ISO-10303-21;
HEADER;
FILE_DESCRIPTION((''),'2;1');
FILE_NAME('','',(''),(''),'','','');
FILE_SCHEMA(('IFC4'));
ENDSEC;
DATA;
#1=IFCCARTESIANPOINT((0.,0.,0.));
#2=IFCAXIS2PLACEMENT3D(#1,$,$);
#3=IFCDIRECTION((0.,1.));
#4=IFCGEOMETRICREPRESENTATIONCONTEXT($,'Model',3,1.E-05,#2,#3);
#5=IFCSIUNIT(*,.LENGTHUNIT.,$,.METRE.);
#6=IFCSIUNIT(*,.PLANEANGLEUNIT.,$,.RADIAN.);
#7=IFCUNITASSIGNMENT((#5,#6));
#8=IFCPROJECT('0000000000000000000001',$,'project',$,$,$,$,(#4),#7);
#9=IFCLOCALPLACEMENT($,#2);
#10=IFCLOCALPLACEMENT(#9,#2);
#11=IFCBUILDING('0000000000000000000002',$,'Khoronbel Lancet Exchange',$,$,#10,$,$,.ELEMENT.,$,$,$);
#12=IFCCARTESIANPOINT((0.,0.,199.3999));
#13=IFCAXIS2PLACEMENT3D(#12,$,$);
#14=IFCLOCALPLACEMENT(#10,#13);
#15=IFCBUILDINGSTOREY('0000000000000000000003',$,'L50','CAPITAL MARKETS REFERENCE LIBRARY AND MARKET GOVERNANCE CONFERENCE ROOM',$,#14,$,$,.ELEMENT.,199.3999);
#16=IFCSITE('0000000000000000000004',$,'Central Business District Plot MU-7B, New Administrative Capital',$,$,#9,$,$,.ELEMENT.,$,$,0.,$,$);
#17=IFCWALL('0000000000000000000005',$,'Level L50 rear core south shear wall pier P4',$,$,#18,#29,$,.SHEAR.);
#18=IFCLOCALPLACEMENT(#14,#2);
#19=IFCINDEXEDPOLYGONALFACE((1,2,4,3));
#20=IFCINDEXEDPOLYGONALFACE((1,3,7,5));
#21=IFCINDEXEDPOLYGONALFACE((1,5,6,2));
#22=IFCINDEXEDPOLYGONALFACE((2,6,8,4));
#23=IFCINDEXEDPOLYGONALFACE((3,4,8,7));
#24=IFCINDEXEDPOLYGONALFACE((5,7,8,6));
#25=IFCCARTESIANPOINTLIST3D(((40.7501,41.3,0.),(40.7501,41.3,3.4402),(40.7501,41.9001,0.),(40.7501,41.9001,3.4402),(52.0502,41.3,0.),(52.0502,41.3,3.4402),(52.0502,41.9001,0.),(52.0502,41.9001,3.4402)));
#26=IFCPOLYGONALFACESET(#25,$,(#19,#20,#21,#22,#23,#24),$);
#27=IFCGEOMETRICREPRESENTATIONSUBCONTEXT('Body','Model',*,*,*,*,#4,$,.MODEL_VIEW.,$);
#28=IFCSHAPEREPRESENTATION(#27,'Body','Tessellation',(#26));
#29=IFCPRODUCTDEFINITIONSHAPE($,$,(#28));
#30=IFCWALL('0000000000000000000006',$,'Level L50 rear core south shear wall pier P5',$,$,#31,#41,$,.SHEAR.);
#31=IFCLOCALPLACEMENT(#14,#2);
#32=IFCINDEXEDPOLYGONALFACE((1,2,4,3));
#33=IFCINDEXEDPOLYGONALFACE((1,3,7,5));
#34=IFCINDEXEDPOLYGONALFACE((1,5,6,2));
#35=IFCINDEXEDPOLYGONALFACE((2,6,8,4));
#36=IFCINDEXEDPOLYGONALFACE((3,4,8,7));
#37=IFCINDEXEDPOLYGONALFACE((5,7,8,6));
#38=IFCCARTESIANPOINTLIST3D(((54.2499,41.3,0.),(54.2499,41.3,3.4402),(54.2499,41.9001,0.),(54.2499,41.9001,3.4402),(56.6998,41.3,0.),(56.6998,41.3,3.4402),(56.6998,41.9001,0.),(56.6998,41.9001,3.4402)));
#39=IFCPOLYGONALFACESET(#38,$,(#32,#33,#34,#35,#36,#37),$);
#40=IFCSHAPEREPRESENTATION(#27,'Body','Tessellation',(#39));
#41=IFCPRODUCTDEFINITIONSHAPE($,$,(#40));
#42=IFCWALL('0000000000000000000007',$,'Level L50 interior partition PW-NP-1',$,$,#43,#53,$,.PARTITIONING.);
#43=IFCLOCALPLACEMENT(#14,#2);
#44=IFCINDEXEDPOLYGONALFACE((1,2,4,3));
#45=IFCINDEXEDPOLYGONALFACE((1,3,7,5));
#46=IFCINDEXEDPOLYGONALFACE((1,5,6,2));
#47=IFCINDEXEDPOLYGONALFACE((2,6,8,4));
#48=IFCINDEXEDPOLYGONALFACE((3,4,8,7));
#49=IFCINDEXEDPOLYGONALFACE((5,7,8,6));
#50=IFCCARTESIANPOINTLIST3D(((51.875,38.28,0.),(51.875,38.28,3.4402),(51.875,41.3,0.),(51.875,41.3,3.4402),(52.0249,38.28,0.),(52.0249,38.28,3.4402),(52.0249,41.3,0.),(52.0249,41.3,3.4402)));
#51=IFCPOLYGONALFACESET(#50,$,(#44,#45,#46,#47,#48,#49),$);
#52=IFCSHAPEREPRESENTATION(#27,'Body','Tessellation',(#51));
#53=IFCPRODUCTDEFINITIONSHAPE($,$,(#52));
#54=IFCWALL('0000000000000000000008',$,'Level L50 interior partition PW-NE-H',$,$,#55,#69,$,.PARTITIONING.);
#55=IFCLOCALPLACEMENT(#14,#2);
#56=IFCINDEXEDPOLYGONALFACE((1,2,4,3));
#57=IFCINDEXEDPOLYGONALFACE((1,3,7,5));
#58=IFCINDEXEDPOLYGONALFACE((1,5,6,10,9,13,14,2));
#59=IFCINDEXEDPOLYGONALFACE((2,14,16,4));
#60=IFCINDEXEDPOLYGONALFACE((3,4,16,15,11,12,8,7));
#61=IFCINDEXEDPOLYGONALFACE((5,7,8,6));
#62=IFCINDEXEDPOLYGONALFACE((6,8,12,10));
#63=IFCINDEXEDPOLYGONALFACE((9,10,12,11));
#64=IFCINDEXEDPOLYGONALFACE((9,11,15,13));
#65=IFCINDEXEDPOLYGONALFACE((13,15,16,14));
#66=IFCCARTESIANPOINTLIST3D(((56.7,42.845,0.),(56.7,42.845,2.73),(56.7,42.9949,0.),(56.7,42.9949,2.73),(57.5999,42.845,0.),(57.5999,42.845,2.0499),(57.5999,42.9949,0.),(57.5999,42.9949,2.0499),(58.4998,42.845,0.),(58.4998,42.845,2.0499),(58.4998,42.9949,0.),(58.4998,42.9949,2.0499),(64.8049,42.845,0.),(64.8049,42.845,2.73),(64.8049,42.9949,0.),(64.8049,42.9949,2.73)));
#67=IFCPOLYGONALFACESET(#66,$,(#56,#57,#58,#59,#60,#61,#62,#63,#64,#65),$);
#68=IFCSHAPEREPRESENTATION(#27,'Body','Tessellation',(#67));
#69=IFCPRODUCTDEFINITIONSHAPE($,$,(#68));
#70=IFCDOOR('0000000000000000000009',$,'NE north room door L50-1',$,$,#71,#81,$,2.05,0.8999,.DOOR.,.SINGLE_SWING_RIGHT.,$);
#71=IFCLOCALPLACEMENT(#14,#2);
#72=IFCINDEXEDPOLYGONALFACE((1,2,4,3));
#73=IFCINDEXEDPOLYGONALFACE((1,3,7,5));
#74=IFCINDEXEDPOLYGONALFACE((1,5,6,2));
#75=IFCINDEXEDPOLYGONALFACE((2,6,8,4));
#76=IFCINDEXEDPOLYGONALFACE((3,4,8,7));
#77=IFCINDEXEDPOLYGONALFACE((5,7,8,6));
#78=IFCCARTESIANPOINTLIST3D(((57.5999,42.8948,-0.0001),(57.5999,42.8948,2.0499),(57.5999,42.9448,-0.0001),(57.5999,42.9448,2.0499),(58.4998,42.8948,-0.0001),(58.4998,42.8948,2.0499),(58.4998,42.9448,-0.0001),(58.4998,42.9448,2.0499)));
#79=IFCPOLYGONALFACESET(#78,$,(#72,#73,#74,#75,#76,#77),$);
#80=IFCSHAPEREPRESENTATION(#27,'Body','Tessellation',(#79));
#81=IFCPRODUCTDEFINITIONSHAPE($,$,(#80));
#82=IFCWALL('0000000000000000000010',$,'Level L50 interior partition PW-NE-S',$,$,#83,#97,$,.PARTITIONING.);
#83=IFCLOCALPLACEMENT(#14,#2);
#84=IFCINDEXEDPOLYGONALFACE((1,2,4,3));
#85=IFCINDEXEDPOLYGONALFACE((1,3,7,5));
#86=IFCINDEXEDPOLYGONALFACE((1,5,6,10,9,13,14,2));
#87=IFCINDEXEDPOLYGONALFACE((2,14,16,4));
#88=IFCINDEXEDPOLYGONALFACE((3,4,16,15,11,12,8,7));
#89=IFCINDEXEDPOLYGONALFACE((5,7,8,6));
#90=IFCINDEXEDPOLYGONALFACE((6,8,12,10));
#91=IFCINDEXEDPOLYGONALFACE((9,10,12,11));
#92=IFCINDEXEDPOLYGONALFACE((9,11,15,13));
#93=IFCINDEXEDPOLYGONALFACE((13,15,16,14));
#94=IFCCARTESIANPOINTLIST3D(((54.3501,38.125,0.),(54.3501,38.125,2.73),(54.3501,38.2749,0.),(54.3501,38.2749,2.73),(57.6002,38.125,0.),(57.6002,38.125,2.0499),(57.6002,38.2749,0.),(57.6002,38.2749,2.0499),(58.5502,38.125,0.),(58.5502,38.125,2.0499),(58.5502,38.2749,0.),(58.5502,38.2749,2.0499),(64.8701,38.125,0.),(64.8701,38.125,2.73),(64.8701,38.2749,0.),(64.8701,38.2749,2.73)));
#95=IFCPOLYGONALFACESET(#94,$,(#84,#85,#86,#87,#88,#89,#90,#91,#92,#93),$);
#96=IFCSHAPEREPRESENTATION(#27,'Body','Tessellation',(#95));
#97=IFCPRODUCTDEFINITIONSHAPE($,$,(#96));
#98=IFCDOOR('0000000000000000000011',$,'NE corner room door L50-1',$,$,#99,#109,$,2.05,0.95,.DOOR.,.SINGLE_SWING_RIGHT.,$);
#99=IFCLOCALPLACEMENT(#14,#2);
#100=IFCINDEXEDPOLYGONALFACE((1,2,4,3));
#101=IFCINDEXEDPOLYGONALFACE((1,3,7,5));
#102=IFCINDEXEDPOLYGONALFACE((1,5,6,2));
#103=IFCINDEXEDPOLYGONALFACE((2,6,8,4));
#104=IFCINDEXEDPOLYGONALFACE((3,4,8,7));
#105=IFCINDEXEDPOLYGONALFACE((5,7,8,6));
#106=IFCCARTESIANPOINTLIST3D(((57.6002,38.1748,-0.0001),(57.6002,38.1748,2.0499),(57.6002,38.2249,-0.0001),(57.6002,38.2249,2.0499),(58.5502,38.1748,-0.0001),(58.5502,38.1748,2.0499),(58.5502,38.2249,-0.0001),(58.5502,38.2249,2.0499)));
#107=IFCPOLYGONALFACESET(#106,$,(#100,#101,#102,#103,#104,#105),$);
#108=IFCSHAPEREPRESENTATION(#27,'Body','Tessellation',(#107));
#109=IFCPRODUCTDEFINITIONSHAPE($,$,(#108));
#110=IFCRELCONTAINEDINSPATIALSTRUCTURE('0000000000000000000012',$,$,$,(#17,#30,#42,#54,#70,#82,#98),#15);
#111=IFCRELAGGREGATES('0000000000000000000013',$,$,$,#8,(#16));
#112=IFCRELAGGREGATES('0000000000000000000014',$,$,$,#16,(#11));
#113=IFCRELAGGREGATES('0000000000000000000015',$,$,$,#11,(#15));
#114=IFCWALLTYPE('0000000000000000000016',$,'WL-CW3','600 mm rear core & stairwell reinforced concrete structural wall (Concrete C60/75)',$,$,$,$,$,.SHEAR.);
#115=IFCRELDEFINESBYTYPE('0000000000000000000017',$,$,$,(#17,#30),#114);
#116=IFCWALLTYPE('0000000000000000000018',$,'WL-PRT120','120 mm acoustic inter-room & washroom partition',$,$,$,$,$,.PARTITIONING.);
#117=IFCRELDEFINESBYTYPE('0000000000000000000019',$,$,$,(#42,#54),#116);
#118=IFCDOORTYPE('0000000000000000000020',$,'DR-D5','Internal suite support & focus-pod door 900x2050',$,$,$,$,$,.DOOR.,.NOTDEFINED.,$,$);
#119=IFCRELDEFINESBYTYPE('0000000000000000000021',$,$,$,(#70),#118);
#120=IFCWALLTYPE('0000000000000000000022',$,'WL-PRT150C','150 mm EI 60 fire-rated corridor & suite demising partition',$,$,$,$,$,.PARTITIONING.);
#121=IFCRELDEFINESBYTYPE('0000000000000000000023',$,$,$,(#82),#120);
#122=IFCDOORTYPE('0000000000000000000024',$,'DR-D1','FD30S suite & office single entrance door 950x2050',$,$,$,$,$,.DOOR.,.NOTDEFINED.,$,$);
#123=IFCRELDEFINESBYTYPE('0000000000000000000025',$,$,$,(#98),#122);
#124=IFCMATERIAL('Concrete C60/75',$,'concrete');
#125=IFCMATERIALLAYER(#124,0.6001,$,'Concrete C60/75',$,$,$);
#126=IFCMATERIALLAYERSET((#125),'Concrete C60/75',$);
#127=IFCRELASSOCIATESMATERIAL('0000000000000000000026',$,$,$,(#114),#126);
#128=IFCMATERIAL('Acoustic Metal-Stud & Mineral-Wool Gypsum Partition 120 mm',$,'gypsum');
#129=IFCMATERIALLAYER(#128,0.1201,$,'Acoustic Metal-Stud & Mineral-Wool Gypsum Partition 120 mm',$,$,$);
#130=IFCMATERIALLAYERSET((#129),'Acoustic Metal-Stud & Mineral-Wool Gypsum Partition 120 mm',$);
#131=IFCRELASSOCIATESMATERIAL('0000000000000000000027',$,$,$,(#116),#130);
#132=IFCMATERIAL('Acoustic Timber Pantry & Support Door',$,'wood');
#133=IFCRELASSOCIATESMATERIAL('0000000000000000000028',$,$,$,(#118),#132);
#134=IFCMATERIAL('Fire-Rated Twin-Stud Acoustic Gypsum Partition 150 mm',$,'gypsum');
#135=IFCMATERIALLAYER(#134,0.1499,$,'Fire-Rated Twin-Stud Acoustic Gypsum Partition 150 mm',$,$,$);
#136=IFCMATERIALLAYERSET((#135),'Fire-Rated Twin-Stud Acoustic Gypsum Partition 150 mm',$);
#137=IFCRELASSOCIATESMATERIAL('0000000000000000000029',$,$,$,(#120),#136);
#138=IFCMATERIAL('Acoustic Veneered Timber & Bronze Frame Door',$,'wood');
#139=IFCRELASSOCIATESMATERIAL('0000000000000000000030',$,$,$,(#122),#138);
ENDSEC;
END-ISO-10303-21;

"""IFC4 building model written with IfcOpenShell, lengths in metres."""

from ifc_helpers import new_model, si_unit, direction, frame, frame_2d, origin, place, context, subcontext, project, spatial, rectangle, extrude, material, layer, layer_set, type_object, element, fill, save


model = new_model("IFC4")

# Units and contexts
model_context = context("Model", 3, precision=1e-05, world=origin(), true_north=direction((0.0, 1.0)))
body_context = subcontext(model_context, "Body", "Model", "MODEL_VIEW")
ifc_project = project(units=[si_unit("LENGTHUNIT", "METRE"), si_unit("PLANEANGLEUNIT", "RADIAN")], contexts=[model_context])

# Site, building, storey
site_placement = place(None, origin())
site = spatial("IfcSite", under=ifc_project, at=site_placement, Name="Central Business District Plot MU-7B, New Administrative Capital", CompositionType="ELEMENT", RefElevation=0.0)
building_placement = place(site_placement, origin())
building = spatial("IfcBuilding", under=site, at=building_placement, Name="Khoronbel Lancet Exchange", CompositionType="ELEMENT")
storey_placement = place(building_placement, frame((0.0, 0.0, 199.3999)))
storey = spatial("IfcBuildingStorey", under=building, at=storey_placement, Name="L50", Description="CAPITAL MARKETS REFERENCE LIBRARY AND MARKET GOVERNANCE CONFERENCE ROOM", CompositionType="ELEMENT", Elevation=199.3999)

# Shared definitions
ifc_material_1 = material(Name="Concrete C60/75", Category="concrete")

# Walls
ifc_layer_1 = layer(ifc_material_1, 0.6001, Name="Concrete C60/75")
ifc_layer_set_1 = layer_set([ifc_layer_1], Name="Concrete C60/75")
wall_type_1 = type_object("IfcWallType", Name="WL-CW3", Description="600 mm rear core & stairwell reinforced concrete structural wall (Concrete C60/75)", PredefinedType="SHEAR", material=ifc_layer_set_1)
wall_1_placement = place(storey_placement, frame((52.05, 41.6001, 0.0), z_axis=(0.0, 0.0, 1.0), x_axis=(-1.0, 0.0, 0.0)))
element("IfcWall", 1, at=wall_1_placement, inside=storey, type_object=wall_type_1, Name="Level L50 rear core south shear wall pier P4", PredefinedType="SHEAR", context=body_context, shape_type="SweptSolid", body=[
    extrude(rectangle(XDim=11.3, YDim=0.6001, at=frame_2d((5.6499, 0.0))), origin(), (0.0, 0.0, 1.0), 3.4402),
])
wall_2_placement = place(storey_placement, frame((56.7, 41.6001, 0.0), z_axis=(0.0, 0.0, 1.0), x_axis=(-1.0, 0.0, 0.0)))
element("IfcWall", 2, at=wall_2_placement, inside=storey, type_object=wall_type_1, Name="Level L50 rear core south shear wall pier P5", PredefinedType="SHEAR", context=body_context, shape_type="SweptSolid", body=[
    extrude(rectangle(XDim=2.45, YDim=0.6001, at=frame_2d((1.2251, 0.0))), origin(), (0.0, 0.0, 1.0), 3.4402),
])
ifc_material_2 = material(Name="Acoustic Metal-Stud & Mineral-Wool Gypsum Partition 120 mm", Category="gypsum")
ifc_layer_2 = layer(ifc_material_2, 0.1201, Name="Acoustic Metal-Stud & Mineral-Wool Gypsum Partition 120 mm")
ifc_layer_set_2 = layer_set([ifc_layer_2], Name="Acoustic Metal-Stud & Mineral-Wool Gypsum Partition 120 mm")
wall_type_2 = type_object("IfcWallType", Name="WL-PRT120", Description="120 mm acoustic inter-room & washroom partition", PredefinedType="PARTITIONING", material=ifc_layer_set_2)
wall_3_placement = place(storey_placement, frame((51.95, 38.28, 0.0), z_axis=(0.0, 0.0, 1.0), x_axis=(0.0, 1.0, 0.0)))
element("IfcWall", 3, at=wall_3_placement, inside=storey, type_object=wall_type_2, Name="Level L50 interior partition PW-NP-1", PredefinedType="PARTITIONING", context=body_context, shape_type="SweptSolid", body=[
    extrude(rectangle(XDim=3.02, YDim=0.1499, at=frame_2d((1.51, 0.0))), origin(), (0.0, 0.0, 1.0), 3.4402),
])

# Walls, openings, doors
wall_4_placement = place(storey_placement, frame((56.7, 42.9199, 0.0), z_axis=(0.0, 0.0, 1.0), x_axis=(1.0, 0.0, 0.0)))
wall_4 = element("IfcWall", 4, at=wall_4_placement, inside=storey, type_object=wall_type_2, Name="Level L50 interior partition PW-NE-H", PredefinedType="PARTITIONING", context=body_context, shape_type="SweptSolid", body=[
    extrude(rectangle(XDim=8.105, YDim=0.1499, at=frame_2d((4.0525, 0.0))), origin(), (0.0, 0.0, 1.0), 2.73),
])
opening_1_placement = place(wall_4_placement, frame((0.8999, 0.0, 0.0)))
opening_1 = element("IfcOpeningElement", 5, at=opening_1_placement, cuts=wall_4, PredefinedType="OPENING", context=body_context, shape_type="SweptSolid", body=[
    extrude(rectangle(XDim=0.8999, YDim=2.05, at=frame_2d((0.45, 1.0249))), frame((0.0, 0.085, 0.0), z_axis=(0.0, -1.0, 0.0), x_axis=(1.0, 0.0, 0.0)), (0.0, 0.0, 1.0), 0.1699),
])
ifc_material_3 = material(Name="Acoustic Timber Pantry & Support Door", Category="wood")
door_type_1 = type_object("IfcDoorType", Name="DR-D5", Description="Internal suite support & focus-pod door 900x2050", OperationType="NOTDEFINED", PredefinedType="DOOR", material=ifc_material_3)
door_1_placement = place(opening_1_placement, origin())
door_1 = element("IfcDoor", 6, at=door_1_placement, inside=storey, type_object=door_type_1, Name="NE north room door L50-1", OperationType="SINGLE_SWING_RIGHT", OverallHeight=2.05, OverallWidth=0.8999, PredefinedType="DOOR", context=body_context, shape_type="SweptSolid", body=[
    extrude(rectangle(XDim=0.8999, YDim=2.05, at=frame_2d((0.45, 1.0249))), frame((0.0, 0.0249, 0.0), z_axis=(0.0, -1.0, 0.0), x_axis=(1.0, 0.0, 0.0)), (0.0, 0.0, 1.0), 0.05),
])
fill(opening_1, door_1)
ifc_material_4 = material(Name="Fire-Rated Twin-Stud Acoustic Gypsum Partition 150 mm", Category="gypsum")
ifc_layer_3 = layer(ifc_material_4, 0.1499, Name="Fire-Rated Twin-Stud Acoustic Gypsum Partition 150 mm")
ifc_layer_set_3 = layer_set([ifc_layer_3], Name="Fire-Rated Twin-Stud Acoustic Gypsum Partition 150 mm")
wall_type_3 = type_object("IfcWallType", Name="WL-PRT150C", Description="150 mm EI 60 fire-rated corridor & suite demising partition", PredefinedType="PARTITIONING", material=ifc_layer_set_3)
wall_5_placement = place(storey_placement, frame((54.3501, 38.2, 0.0), z_axis=(0.0, 0.0, 1.0), x_axis=(1.0, 0.0, 0.0)))
wall_5 = element("IfcWall", 7, at=wall_5_placement, inside=storey, type_object=wall_type_3, Name="Level L50 interior partition PW-NE-S", PredefinedType="PARTITIONING", context=body_context, shape_type="SweptSolid", body=[
    extrude(rectangle(XDim=10.52, YDim=0.1499, at=frame_2d((5.26, 0.0))), origin(), (0.0, 0.0, 1.0), 2.73),
])
opening_2_placement = place(wall_5_placement, frame((3.25, 0.0, 0.0)))
opening_2 = element("IfcOpeningElement", 8, at=opening_2_placement, cuts=wall_5, PredefinedType="OPENING", context=body_context, shape_type="SweptSolid", body=[
    extrude(rectangle(XDim=0.95, YDim=2.05, at=frame_2d((0.4751, 1.0249))), frame((0.0, 0.085, 0.0), z_axis=(0.0, -1.0, 0.0), x_axis=(1.0, 0.0, 0.0)), (0.0, 0.0, 1.0), 0.1699),
])
ifc_material_5 = material(Name="Acoustic Veneered Timber & Bronze Frame Door", Category="wood")
door_type_2 = type_object("IfcDoorType", Name="DR-D1", Description="FD30S suite & office single entrance door 950x2050", OperationType="NOTDEFINED", PredefinedType="DOOR", material=ifc_material_5)
door_2_placement = place(opening_2_placement, origin())
door_2 = element("IfcDoor", 9, at=door_2_placement, inside=storey, type_object=door_type_2, Name="NE corner room door L50-1", OperationType="SINGLE_SWING_RIGHT", OverallHeight=2.05, OverallWidth=0.95, PredefinedType="DOOR", context=body_context, shape_type="SweptSolid", body=[
    extrude(rectangle(XDim=0.95, YDim=2.05, at=frame_2d((0.4751, 1.0249))), frame((0.0, 0.0249, 0.0), z_axis=(0.0, -1.0, 0.0), x_axis=(1.0, 0.0, 0.0)), (0.0, 0.0, 1.0), 0.05),
])
fill(opening_2, door_2)

save(model, "model.ifc")
